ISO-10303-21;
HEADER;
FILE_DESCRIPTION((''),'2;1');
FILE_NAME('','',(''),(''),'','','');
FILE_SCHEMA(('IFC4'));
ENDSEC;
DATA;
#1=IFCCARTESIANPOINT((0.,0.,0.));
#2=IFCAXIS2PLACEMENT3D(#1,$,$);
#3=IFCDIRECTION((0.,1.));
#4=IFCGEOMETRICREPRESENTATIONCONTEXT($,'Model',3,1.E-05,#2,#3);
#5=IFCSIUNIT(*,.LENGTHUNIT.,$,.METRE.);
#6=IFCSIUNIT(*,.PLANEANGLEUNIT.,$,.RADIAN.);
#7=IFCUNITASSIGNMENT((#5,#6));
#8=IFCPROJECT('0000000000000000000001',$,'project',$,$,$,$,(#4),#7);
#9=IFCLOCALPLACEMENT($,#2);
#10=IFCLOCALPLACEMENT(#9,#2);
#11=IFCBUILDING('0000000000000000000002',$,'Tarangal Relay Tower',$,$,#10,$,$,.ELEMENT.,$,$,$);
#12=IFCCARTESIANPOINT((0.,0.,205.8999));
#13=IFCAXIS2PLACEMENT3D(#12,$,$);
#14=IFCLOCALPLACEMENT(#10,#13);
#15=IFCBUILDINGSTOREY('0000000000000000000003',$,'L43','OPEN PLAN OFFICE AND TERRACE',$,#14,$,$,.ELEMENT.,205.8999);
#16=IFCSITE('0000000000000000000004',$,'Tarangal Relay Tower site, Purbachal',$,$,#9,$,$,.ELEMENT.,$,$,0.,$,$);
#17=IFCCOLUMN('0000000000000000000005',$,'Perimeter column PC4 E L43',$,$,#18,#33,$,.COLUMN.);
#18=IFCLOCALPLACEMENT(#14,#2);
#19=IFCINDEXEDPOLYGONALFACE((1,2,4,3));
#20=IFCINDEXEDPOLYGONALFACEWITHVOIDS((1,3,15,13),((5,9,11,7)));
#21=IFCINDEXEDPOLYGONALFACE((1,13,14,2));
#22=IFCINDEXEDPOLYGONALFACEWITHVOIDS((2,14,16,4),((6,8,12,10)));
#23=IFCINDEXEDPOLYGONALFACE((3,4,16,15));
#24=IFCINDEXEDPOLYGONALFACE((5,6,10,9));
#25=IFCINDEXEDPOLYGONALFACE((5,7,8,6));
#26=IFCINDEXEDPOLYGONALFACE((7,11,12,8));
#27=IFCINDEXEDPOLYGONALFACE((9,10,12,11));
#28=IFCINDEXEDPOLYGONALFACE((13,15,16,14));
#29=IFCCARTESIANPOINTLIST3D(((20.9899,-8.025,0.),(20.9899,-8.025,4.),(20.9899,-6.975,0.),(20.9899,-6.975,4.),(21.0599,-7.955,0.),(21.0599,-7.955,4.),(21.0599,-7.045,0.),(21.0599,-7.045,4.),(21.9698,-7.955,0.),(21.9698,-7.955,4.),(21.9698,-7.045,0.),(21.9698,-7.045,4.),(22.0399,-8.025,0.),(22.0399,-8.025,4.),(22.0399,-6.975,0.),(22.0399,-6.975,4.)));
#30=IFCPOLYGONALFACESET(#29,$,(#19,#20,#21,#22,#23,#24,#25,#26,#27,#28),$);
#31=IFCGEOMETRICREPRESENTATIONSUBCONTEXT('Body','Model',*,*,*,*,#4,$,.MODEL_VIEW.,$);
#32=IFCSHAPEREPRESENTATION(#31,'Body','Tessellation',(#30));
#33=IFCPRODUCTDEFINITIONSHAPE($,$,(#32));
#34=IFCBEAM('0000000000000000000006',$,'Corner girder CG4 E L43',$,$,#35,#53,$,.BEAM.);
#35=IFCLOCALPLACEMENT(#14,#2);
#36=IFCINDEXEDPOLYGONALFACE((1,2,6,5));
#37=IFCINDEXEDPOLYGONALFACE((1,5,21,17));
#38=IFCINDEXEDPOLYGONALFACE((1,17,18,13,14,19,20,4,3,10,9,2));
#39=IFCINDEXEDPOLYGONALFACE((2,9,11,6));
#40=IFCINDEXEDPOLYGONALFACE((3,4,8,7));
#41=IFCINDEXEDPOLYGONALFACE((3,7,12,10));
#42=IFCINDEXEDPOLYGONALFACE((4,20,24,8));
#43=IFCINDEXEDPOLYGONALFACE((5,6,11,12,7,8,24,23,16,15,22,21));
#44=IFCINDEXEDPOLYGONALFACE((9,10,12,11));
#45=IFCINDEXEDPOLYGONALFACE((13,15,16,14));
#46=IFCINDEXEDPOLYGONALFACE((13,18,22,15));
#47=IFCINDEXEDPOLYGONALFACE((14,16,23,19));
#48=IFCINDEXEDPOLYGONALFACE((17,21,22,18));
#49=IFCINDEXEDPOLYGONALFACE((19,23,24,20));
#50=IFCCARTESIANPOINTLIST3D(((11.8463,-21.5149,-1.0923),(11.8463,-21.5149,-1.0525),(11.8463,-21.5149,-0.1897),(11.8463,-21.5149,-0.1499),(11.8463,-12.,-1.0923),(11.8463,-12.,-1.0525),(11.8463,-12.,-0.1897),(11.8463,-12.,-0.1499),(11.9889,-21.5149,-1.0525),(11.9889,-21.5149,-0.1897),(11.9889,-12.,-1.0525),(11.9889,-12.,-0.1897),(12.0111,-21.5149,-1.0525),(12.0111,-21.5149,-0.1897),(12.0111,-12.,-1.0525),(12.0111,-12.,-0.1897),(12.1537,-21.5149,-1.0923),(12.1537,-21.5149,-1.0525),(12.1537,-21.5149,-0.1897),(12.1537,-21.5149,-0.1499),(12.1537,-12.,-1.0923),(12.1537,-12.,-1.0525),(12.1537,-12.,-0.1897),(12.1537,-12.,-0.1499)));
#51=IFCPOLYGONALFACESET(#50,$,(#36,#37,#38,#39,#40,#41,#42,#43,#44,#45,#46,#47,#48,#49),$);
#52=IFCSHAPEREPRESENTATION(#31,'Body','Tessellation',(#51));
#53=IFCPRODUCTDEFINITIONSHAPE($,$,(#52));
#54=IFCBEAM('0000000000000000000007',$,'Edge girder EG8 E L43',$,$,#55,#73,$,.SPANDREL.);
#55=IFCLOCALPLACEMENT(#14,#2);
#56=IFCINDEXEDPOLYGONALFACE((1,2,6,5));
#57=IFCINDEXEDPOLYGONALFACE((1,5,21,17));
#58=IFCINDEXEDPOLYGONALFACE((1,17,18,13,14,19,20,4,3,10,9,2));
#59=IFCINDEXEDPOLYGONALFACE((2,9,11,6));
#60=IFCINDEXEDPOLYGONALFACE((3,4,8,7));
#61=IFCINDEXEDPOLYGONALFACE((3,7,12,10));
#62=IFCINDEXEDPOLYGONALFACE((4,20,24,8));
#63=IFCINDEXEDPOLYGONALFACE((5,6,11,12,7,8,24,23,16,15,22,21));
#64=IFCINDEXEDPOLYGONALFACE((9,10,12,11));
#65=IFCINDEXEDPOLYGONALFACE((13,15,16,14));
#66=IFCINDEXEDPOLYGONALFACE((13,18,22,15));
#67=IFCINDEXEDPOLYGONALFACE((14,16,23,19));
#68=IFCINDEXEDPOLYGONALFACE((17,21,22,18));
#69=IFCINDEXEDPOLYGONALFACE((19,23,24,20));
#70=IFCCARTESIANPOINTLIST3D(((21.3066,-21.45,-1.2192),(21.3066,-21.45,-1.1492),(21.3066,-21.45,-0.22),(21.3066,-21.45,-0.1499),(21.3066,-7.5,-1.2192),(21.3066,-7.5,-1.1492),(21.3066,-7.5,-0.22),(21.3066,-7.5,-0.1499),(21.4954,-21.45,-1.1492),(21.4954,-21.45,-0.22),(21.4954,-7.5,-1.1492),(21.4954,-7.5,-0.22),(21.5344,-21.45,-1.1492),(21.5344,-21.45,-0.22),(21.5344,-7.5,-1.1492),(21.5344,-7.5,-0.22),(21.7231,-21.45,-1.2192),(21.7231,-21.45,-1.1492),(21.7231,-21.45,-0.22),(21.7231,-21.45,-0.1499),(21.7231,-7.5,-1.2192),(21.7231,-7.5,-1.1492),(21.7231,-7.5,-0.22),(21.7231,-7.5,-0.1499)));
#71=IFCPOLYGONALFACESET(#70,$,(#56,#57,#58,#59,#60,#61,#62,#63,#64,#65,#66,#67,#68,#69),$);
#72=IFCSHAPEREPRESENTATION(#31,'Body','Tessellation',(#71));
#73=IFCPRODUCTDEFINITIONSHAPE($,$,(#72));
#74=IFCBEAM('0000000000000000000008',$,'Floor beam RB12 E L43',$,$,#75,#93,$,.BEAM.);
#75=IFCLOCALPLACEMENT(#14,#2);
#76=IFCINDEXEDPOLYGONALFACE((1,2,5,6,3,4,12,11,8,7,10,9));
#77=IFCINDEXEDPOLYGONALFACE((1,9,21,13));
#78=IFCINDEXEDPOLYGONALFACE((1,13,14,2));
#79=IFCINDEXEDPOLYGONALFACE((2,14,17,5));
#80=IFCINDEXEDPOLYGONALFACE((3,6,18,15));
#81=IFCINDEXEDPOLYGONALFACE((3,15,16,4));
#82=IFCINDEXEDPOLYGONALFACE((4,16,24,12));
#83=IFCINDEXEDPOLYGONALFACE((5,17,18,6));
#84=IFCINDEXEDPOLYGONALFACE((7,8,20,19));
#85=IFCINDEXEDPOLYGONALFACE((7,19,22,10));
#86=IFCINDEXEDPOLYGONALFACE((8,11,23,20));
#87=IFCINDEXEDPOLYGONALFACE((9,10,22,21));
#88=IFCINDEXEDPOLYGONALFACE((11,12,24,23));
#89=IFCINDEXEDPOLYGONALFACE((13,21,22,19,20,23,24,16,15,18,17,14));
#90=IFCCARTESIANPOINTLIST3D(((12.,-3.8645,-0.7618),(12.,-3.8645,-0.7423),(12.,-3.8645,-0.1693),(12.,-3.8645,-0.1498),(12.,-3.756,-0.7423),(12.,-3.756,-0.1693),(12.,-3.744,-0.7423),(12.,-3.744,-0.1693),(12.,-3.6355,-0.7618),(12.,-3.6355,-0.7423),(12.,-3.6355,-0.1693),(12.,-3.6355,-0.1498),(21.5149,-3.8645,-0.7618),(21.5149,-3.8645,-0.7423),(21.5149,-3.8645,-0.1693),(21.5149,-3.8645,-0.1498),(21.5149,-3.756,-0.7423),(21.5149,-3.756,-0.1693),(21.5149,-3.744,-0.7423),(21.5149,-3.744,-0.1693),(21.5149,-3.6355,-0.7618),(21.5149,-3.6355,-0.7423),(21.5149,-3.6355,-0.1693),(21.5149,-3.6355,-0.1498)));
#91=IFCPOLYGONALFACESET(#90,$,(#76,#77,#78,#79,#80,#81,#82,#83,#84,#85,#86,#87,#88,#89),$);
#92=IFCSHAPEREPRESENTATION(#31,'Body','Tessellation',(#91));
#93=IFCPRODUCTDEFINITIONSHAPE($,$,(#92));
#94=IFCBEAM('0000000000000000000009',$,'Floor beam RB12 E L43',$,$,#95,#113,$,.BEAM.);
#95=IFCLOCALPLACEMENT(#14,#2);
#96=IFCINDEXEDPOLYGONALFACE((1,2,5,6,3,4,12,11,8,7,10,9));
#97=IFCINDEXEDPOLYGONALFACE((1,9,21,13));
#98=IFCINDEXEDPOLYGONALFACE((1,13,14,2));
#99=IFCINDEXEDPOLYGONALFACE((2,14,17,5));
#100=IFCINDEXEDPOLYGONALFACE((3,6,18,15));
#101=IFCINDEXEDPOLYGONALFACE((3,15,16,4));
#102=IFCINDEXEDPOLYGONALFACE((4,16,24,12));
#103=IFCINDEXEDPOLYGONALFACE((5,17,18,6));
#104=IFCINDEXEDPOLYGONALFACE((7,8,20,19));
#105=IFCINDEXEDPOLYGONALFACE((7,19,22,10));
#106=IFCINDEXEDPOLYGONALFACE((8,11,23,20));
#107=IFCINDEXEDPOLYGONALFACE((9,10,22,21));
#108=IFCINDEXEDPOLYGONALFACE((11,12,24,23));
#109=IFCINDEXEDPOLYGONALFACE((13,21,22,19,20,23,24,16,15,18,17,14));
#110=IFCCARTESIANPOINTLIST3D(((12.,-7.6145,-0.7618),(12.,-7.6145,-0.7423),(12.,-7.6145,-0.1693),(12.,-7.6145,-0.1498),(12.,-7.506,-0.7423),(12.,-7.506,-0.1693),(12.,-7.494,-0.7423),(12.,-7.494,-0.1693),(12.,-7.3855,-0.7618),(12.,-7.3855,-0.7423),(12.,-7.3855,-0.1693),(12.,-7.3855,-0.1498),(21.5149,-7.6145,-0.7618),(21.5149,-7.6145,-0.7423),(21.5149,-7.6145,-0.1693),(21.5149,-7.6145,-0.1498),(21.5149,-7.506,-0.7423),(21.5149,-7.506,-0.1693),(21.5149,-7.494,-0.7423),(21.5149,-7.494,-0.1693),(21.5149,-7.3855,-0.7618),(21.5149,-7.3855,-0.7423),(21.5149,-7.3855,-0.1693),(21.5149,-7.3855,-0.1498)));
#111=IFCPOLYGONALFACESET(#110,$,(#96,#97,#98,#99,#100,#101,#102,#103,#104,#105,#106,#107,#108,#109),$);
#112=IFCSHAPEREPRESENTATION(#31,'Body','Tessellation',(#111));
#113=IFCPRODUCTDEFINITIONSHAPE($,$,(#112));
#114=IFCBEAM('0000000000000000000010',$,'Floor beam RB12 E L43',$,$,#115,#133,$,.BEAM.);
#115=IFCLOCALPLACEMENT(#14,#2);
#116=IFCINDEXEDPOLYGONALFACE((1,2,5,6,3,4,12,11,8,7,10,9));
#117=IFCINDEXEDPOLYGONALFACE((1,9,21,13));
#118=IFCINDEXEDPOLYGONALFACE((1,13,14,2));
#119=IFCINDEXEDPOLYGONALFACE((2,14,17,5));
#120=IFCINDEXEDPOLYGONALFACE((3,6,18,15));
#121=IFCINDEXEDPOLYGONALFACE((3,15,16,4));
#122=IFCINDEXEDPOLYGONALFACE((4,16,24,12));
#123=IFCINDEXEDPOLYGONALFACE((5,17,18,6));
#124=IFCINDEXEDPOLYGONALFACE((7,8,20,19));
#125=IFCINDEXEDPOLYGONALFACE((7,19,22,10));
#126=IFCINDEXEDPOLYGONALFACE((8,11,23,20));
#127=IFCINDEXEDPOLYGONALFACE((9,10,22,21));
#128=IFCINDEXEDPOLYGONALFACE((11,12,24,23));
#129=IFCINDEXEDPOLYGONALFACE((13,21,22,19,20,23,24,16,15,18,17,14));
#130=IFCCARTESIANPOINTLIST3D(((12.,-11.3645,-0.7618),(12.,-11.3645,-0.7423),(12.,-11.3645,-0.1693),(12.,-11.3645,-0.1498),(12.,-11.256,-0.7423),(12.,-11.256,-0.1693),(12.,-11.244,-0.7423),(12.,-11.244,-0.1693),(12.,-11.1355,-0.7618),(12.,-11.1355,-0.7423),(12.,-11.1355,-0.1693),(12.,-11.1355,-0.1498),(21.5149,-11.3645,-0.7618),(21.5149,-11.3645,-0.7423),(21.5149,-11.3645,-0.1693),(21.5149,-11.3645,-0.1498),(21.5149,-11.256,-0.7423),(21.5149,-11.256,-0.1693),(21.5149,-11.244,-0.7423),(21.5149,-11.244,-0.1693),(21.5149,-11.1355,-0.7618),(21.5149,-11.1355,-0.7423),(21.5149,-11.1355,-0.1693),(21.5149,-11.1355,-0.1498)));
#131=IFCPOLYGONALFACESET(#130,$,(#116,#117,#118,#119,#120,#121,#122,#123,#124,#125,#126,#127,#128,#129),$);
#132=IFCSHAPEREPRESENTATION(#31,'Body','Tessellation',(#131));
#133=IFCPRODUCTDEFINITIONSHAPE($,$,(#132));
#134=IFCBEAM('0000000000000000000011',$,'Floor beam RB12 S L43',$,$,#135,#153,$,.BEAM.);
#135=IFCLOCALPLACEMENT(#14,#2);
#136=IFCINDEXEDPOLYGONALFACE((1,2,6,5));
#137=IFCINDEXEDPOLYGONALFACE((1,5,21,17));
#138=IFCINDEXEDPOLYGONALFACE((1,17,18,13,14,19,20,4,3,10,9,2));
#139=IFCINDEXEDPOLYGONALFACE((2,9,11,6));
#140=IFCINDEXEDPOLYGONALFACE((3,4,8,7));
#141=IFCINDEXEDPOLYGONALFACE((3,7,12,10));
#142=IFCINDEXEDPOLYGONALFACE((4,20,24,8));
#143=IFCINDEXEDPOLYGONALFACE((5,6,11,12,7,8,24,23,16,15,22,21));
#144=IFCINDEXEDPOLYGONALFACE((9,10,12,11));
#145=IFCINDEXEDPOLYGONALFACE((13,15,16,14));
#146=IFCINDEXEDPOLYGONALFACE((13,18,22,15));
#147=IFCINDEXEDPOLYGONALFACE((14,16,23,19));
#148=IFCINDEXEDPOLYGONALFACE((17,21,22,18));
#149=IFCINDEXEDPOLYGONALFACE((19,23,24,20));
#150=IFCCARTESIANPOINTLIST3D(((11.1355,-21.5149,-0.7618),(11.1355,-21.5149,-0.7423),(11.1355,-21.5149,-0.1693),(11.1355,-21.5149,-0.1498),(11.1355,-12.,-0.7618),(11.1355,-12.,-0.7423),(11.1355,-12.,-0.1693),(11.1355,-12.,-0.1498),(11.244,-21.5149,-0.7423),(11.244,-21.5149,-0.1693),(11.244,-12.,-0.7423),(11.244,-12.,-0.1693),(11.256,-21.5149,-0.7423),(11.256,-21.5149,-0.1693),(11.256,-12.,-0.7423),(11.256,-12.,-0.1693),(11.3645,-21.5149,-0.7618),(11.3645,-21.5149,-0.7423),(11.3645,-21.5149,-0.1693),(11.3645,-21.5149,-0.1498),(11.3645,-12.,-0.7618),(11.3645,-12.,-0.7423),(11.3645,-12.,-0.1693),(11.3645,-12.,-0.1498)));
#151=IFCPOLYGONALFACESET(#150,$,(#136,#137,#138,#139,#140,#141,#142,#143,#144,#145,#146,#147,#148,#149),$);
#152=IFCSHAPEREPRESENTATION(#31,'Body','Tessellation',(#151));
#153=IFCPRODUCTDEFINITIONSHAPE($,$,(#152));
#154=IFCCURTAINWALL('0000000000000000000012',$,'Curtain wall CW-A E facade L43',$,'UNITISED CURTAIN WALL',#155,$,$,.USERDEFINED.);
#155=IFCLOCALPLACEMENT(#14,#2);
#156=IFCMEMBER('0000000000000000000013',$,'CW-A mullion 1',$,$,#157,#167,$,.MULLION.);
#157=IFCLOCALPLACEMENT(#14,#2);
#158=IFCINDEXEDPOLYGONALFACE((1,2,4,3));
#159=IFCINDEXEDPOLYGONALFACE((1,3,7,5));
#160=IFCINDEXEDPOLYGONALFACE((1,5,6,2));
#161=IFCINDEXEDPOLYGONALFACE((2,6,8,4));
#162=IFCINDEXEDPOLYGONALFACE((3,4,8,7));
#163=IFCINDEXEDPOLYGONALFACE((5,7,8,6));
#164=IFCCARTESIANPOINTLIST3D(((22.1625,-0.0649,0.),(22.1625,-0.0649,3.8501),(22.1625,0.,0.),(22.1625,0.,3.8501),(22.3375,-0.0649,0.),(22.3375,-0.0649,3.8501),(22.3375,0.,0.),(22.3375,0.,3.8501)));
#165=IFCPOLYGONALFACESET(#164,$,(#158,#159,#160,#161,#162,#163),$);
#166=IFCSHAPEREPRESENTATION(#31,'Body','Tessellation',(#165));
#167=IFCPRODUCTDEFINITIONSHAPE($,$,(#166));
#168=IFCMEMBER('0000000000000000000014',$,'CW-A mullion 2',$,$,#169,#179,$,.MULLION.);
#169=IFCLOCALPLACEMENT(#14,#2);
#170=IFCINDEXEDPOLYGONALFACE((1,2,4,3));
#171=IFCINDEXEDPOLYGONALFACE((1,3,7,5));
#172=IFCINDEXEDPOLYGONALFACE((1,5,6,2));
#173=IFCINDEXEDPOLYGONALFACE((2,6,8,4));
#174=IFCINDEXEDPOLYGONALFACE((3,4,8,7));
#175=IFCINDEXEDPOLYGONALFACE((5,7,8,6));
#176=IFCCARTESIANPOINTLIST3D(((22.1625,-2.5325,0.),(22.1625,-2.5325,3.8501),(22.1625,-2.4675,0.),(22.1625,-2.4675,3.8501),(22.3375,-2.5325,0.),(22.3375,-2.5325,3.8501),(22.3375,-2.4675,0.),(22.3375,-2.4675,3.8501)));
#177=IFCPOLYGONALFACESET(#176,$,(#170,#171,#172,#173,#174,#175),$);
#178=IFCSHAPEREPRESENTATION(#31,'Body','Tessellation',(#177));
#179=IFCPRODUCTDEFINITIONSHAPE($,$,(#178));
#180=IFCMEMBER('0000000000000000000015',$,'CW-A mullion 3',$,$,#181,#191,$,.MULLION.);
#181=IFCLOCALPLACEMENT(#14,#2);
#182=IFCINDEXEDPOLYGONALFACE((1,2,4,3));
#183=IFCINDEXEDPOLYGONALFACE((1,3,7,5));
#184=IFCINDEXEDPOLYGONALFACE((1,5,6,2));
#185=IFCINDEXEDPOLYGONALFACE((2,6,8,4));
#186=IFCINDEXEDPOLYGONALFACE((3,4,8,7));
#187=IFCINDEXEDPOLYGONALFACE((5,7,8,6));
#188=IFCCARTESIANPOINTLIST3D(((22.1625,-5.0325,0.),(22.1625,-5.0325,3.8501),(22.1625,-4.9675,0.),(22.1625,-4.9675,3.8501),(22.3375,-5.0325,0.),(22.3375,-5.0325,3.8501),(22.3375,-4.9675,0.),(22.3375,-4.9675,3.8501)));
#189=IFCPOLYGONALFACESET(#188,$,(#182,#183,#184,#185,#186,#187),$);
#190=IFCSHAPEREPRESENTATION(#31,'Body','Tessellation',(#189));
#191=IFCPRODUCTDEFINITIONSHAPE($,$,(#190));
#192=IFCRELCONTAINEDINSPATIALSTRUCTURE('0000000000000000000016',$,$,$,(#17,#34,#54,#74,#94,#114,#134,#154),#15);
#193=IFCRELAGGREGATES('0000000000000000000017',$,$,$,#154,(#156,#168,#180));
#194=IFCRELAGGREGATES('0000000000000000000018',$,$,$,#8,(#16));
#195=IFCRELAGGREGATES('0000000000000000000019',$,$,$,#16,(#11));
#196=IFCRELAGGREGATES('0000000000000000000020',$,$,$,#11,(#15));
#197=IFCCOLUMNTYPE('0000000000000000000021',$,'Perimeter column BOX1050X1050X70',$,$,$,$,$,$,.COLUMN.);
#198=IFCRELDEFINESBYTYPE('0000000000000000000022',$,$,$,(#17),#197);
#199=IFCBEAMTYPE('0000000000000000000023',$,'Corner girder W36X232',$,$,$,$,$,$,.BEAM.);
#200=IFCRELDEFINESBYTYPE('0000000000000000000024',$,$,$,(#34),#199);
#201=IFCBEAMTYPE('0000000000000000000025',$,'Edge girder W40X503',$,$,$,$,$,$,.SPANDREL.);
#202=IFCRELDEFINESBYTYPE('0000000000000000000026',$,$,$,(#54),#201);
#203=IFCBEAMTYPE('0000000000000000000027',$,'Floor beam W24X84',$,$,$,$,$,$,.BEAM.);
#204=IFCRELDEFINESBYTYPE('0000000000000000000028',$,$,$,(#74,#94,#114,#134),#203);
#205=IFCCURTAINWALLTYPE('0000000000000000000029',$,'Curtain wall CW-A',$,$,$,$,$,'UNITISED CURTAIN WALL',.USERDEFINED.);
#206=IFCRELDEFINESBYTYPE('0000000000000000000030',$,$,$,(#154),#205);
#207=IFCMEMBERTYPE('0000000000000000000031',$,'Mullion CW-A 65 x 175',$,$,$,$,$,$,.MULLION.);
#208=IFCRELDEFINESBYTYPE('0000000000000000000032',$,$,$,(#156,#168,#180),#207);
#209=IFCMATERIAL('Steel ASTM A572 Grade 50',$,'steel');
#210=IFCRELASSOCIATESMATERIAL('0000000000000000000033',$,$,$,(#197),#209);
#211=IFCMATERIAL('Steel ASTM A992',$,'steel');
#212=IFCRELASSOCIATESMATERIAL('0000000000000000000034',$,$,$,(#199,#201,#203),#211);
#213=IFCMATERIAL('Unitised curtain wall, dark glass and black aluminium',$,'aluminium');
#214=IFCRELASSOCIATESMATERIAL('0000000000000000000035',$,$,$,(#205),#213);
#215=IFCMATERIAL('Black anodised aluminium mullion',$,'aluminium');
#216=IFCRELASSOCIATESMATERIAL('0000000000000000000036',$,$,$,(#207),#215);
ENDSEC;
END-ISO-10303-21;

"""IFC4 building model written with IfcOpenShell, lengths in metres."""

from ifc_helpers import new_model, si_unit, direction, frame, origin, origin_2d, place, context, subcontext, project, spatial, rectangle, hollow_rectangle, i_section, extrude, material, material_profile, profile_set, type_object, element, aggregate, save


model = new_model("IFC4")

# Units and contexts
model_context = context("Model", 3, precision=1e-05, world=origin(), true_north=direction((0.0, 1.0)))
body_context = subcontext(model_context, "Body", "Model", "MODEL_VIEW")
ifc_project = project(units=[si_unit("LENGTHUNIT", "METRE"), si_unit("PLANEANGLEUNIT", "RADIAN")], contexts=[model_context])

# Site, building, storey
site_placement = place(None, origin())
site = spatial("IfcSite", under=ifc_project, at=site_placement, Name="Tarangal Relay Tower site, Purbachal", CompositionType="ELEMENT", RefElevation=0.0)
building_placement = place(site_placement, origin())
building = spatial("IfcBuilding", under=site, at=building_placement, Name="Tarangal Relay Tower", CompositionType="ELEMENT")
storey_placement = place(building_placement, frame((0.0, 0.0, 205.8999)))
storey = spatial("IfcBuildingStorey", under=building, at=storey_placement, Name="L43", Description="OPEN PLAN OFFICE AND TERRACE", CompositionType="ELEMENT", Elevation=205.8999)

# Column
ifc_material_1 = material(Name="Steel ASTM A572 Grade 50", Category="steel")
ifc_material_profile_1 = material_profile(ifc_material_1, hollow_rectangle(XDim=1.05, YDim=1.05, WallThickness=0.0701, at=origin_2d()), Name="BOX1050X1050X70")
ifc_profile_set_1 = profile_set([ifc_material_profile_1], Name="Steel ASTM A572 Grade 50")
column_type = type_object("IfcColumnType", Name="Perimeter column BOX1050X1050X70", PredefinedType="COLUMN", material=ifc_profile_set_1)
column_placement = place(storey_placement, frame((21.5149, -7.5, 0.0), z_axis=(0.0, 0.0, 1.0), x_axis=(1.0, 0.0, 0.0)))
element("IfcColumn", 1, at=column_placement, inside=storey, type_object=column_type, Name="Perimeter column PC4 E L43", PredefinedType="COLUMN", context=body_context, shape_type="SweptSolid", body=[
    extrude(hollow_rectangle(XDim=1.05, YDim=1.05, WallThickness=0.0701, at=origin_2d()), origin(), (0.0, 0.0, 1.0), 4.0),
])

# Beams
ifc_material_2 = material(Name="Steel ASTM A992", Category="steel")
ifc_material_profile_2 = material_profile(ifc_material_2, i_section(OverallWidth=0.3074, OverallDepth=0.9424, WebThickness=0.0222, FlangeThickness=0.0398, at=origin_2d()), Name="W36X232")
ifc_profile_set_2 = profile_set([ifc_material_profile_2], Name="Steel ASTM A992")
beam_type_1 = type_object("IfcBeamType", Name="Corner girder W36X232", PredefinedType="BEAM", material=ifc_profile_set_2)
beam_1_placement = place(storey_placement, frame((12.0, -12.0, -0.6211), z_axis=(0.0, -1.0, 0.0), x_axis=(1.0, 0.0, 0.0)))
element("IfcBeam", 2, at=beam_1_placement, inside=storey, type_object=beam_type_1, Name="Corner girder CG4 E L43", PredefinedType="BEAM", context=body_context, shape_type="SweptSolid", body=[
    extrude(i_section(OverallWidth=0.3074, OverallDepth=0.9424, WebThickness=0.0222, FlangeThickness=0.0398, at=origin_2d()), origin(), (0.0, 0.0, 1.0), 9.5149),
])
ifc_material_profile_3 = material_profile(ifc_material_2, i_section(OverallWidth=0.4165, OverallDepth=1.0693, WebThickness=0.0391, FlangeThickness=0.0701, at=origin_2d()), Name="W40X503")
ifc_profile_set_3 = profile_set([ifc_material_profile_3], Name="Steel ASTM A992")
beam_type_2 = type_object("IfcBeamType", Name="Edge girder W40X503", PredefinedType="SPANDREL", material=ifc_profile_set_3)
beam_2_placement = place(storey_placement, frame((21.5149, -7.5, -0.6846), z_axis=(0.0, -1.0, 0.0), x_axis=(1.0, 0.0, 0.0)))
element("IfcBeam", 3, at=beam_2_placement, inside=storey, type_object=beam_type_2, Name="Edge girder EG8 E L43", PredefinedType="SPANDREL", context=body_context, shape_type="SweptSolid", body=[
    extrude(i_section(OverallWidth=0.4165, OverallDepth=1.0693, WebThickness=0.0391, FlangeThickness=0.0701, at=origin_2d()), origin(), (0.0, 0.0, 1.0), 13.95),
])
ifc_material_profile_4 = material_profile(ifc_material_2, i_section(OverallWidth=0.229, OverallDepth=0.6121, WebThickness=0.012, FlangeThickness=0.0195, at=origin_2d()), Name="W24X84")
ifc_profile_set_4 = profile_set([ifc_material_profile_4], Name="Steel ASTM A992")
beam_type_3 = type_object("IfcBeamType", Name="Floor beam W24X84", PredefinedType="BEAM", material=ifc_profile_set_4)
for number, where, z_axis, x_axis, name in (
    (4, (12.0, -3.75, -0.4558), (1.0, 0.0, 0.0), (0.0, 1.0, 0.0), "Floor beam RB12 E L43"),
    (5, (12.0, -7.5, -0.4558), (1.0, 0.0, 0.0), (0.0, 1.0, 0.0), "Floor beam RB12 E L43"),
    (6, (12.0, -11.25, -0.4558), (1.0, 0.0, 0.0), (0.0, 1.0, 0.0), "Floor beam RB12 E L43"),
    (7, (11.25, -12.0, -0.4558), (0.0, -1.0, 0.0), (1.0, 0.0, 0.0), "Floor beam RB12 S L43"),
):
    element("IfcBeam", number, at=place(storey_placement, frame(where, z_axis=z_axis, x_axis=x_axis)), inside=storey, type_object=beam_type_3, Name=name, PredefinedType="BEAM", context=body_context, shape_type="SweptSolid", body=[
        extrude(i_section(OverallWidth=0.229, OverallDepth=0.6121, WebThickness=0.012, FlangeThickness=0.0195, at=origin_2d()), origin(), (0.0, 0.0, 1.0), 9.5149),
    ])

# Curtain wall, members
ifc_material_3 = material(Name="Unitised curtain wall, dark glass and black aluminium", Category="aluminium")
curtain_wall_type_1 = type_object("IfcCurtainWallType", Name="Curtain wall CW-A", ElementType="UNITISED CURTAIN WALL", PredefinedType="USERDEFINED", material=ifc_material_3)
curtain_wall_1_placement = place(storey_placement, origin())
curtain_wall_1 = element("IfcCurtainWall", 8, at=curtain_wall_1_placement, inside=storey, type_object=curtain_wall_type_1, Name="Curtain wall CW-A E facade L43", ObjectType="UNITISED CURTAIN WALL", PredefinedType="USERDEFINED")
ifc_material_4 = material(Name="Black anodised aluminium mullion", Category="aluminium")
ifc_material_profile_5 = material_profile(ifc_material_4, rectangle(XDim=0.175, YDim=0.0649, at=origin_2d()), Name="CW-AM 65X175")
ifc_profile_set_5 = profile_set([ifc_material_profile_5], Name="Black anodised aluminium mullion")
member_type_1 = type_object("IfcMemberType", Name="Mullion CW-A 65 x 175", PredefinedType="MULLION", material=ifc_profile_set_5)
member_1_placement = place(storey_placement, frame((22.25, -0.0325, 0.0), z_axis=(0.0, 0.0, 1.0), x_axis=(1.0, 0.0, 0.0)))
member_1 = element("IfcMember", 9, at=member_1_placement, type_object=member_type_1, Name="CW-A mullion 1", PredefinedType="MULLION", context=body_context, shape_type="SweptSolid", body=[
    extrude(rectangle(XDim=0.175, YDim=0.0649, at=origin_2d()), origin(), (0.0, 0.0, 1.0), 3.8501),
])
member_2_placement = place(storey_placement, frame((22.25, -2.5, 0.0), z_axis=(0.0, 0.0, 1.0), x_axis=(1.0, 0.0, 0.0)))
member_2 = element("IfcMember", 10, at=member_2_placement, type_object=member_type_1, Name="CW-A mullion 2", PredefinedType="MULLION", context=body_context, shape_type="SweptSolid", body=[
    extrude(rectangle(XDim=0.175, YDim=0.0649, at=origin_2d()), origin(), (0.0, 0.0, 1.0), 3.8501),
])
member_3_placement = place(storey_placement, frame((22.25, -5.0, 0.0), z_axis=(0.0, 0.0, 1.0), x_axis=(1.0, 0.0, 0.0)))
member_3 = element("IfcMember", 11, at=member_3_placement, type_object=member_type_1, Name="CW-A mullion 3", PredefinedType="MULLION", context=body_context, shape_type="SweptSolid", body=[
    extrude(rectangle(XDim=0.175, YDim=0.0649, at=origin_2d()), origin(), (0.0, 0.0, 1.0), 3.8501),
])

aggregate(curtain_wall_1, [member_1, member_2, member_3])

save(model, "model.ifc")
